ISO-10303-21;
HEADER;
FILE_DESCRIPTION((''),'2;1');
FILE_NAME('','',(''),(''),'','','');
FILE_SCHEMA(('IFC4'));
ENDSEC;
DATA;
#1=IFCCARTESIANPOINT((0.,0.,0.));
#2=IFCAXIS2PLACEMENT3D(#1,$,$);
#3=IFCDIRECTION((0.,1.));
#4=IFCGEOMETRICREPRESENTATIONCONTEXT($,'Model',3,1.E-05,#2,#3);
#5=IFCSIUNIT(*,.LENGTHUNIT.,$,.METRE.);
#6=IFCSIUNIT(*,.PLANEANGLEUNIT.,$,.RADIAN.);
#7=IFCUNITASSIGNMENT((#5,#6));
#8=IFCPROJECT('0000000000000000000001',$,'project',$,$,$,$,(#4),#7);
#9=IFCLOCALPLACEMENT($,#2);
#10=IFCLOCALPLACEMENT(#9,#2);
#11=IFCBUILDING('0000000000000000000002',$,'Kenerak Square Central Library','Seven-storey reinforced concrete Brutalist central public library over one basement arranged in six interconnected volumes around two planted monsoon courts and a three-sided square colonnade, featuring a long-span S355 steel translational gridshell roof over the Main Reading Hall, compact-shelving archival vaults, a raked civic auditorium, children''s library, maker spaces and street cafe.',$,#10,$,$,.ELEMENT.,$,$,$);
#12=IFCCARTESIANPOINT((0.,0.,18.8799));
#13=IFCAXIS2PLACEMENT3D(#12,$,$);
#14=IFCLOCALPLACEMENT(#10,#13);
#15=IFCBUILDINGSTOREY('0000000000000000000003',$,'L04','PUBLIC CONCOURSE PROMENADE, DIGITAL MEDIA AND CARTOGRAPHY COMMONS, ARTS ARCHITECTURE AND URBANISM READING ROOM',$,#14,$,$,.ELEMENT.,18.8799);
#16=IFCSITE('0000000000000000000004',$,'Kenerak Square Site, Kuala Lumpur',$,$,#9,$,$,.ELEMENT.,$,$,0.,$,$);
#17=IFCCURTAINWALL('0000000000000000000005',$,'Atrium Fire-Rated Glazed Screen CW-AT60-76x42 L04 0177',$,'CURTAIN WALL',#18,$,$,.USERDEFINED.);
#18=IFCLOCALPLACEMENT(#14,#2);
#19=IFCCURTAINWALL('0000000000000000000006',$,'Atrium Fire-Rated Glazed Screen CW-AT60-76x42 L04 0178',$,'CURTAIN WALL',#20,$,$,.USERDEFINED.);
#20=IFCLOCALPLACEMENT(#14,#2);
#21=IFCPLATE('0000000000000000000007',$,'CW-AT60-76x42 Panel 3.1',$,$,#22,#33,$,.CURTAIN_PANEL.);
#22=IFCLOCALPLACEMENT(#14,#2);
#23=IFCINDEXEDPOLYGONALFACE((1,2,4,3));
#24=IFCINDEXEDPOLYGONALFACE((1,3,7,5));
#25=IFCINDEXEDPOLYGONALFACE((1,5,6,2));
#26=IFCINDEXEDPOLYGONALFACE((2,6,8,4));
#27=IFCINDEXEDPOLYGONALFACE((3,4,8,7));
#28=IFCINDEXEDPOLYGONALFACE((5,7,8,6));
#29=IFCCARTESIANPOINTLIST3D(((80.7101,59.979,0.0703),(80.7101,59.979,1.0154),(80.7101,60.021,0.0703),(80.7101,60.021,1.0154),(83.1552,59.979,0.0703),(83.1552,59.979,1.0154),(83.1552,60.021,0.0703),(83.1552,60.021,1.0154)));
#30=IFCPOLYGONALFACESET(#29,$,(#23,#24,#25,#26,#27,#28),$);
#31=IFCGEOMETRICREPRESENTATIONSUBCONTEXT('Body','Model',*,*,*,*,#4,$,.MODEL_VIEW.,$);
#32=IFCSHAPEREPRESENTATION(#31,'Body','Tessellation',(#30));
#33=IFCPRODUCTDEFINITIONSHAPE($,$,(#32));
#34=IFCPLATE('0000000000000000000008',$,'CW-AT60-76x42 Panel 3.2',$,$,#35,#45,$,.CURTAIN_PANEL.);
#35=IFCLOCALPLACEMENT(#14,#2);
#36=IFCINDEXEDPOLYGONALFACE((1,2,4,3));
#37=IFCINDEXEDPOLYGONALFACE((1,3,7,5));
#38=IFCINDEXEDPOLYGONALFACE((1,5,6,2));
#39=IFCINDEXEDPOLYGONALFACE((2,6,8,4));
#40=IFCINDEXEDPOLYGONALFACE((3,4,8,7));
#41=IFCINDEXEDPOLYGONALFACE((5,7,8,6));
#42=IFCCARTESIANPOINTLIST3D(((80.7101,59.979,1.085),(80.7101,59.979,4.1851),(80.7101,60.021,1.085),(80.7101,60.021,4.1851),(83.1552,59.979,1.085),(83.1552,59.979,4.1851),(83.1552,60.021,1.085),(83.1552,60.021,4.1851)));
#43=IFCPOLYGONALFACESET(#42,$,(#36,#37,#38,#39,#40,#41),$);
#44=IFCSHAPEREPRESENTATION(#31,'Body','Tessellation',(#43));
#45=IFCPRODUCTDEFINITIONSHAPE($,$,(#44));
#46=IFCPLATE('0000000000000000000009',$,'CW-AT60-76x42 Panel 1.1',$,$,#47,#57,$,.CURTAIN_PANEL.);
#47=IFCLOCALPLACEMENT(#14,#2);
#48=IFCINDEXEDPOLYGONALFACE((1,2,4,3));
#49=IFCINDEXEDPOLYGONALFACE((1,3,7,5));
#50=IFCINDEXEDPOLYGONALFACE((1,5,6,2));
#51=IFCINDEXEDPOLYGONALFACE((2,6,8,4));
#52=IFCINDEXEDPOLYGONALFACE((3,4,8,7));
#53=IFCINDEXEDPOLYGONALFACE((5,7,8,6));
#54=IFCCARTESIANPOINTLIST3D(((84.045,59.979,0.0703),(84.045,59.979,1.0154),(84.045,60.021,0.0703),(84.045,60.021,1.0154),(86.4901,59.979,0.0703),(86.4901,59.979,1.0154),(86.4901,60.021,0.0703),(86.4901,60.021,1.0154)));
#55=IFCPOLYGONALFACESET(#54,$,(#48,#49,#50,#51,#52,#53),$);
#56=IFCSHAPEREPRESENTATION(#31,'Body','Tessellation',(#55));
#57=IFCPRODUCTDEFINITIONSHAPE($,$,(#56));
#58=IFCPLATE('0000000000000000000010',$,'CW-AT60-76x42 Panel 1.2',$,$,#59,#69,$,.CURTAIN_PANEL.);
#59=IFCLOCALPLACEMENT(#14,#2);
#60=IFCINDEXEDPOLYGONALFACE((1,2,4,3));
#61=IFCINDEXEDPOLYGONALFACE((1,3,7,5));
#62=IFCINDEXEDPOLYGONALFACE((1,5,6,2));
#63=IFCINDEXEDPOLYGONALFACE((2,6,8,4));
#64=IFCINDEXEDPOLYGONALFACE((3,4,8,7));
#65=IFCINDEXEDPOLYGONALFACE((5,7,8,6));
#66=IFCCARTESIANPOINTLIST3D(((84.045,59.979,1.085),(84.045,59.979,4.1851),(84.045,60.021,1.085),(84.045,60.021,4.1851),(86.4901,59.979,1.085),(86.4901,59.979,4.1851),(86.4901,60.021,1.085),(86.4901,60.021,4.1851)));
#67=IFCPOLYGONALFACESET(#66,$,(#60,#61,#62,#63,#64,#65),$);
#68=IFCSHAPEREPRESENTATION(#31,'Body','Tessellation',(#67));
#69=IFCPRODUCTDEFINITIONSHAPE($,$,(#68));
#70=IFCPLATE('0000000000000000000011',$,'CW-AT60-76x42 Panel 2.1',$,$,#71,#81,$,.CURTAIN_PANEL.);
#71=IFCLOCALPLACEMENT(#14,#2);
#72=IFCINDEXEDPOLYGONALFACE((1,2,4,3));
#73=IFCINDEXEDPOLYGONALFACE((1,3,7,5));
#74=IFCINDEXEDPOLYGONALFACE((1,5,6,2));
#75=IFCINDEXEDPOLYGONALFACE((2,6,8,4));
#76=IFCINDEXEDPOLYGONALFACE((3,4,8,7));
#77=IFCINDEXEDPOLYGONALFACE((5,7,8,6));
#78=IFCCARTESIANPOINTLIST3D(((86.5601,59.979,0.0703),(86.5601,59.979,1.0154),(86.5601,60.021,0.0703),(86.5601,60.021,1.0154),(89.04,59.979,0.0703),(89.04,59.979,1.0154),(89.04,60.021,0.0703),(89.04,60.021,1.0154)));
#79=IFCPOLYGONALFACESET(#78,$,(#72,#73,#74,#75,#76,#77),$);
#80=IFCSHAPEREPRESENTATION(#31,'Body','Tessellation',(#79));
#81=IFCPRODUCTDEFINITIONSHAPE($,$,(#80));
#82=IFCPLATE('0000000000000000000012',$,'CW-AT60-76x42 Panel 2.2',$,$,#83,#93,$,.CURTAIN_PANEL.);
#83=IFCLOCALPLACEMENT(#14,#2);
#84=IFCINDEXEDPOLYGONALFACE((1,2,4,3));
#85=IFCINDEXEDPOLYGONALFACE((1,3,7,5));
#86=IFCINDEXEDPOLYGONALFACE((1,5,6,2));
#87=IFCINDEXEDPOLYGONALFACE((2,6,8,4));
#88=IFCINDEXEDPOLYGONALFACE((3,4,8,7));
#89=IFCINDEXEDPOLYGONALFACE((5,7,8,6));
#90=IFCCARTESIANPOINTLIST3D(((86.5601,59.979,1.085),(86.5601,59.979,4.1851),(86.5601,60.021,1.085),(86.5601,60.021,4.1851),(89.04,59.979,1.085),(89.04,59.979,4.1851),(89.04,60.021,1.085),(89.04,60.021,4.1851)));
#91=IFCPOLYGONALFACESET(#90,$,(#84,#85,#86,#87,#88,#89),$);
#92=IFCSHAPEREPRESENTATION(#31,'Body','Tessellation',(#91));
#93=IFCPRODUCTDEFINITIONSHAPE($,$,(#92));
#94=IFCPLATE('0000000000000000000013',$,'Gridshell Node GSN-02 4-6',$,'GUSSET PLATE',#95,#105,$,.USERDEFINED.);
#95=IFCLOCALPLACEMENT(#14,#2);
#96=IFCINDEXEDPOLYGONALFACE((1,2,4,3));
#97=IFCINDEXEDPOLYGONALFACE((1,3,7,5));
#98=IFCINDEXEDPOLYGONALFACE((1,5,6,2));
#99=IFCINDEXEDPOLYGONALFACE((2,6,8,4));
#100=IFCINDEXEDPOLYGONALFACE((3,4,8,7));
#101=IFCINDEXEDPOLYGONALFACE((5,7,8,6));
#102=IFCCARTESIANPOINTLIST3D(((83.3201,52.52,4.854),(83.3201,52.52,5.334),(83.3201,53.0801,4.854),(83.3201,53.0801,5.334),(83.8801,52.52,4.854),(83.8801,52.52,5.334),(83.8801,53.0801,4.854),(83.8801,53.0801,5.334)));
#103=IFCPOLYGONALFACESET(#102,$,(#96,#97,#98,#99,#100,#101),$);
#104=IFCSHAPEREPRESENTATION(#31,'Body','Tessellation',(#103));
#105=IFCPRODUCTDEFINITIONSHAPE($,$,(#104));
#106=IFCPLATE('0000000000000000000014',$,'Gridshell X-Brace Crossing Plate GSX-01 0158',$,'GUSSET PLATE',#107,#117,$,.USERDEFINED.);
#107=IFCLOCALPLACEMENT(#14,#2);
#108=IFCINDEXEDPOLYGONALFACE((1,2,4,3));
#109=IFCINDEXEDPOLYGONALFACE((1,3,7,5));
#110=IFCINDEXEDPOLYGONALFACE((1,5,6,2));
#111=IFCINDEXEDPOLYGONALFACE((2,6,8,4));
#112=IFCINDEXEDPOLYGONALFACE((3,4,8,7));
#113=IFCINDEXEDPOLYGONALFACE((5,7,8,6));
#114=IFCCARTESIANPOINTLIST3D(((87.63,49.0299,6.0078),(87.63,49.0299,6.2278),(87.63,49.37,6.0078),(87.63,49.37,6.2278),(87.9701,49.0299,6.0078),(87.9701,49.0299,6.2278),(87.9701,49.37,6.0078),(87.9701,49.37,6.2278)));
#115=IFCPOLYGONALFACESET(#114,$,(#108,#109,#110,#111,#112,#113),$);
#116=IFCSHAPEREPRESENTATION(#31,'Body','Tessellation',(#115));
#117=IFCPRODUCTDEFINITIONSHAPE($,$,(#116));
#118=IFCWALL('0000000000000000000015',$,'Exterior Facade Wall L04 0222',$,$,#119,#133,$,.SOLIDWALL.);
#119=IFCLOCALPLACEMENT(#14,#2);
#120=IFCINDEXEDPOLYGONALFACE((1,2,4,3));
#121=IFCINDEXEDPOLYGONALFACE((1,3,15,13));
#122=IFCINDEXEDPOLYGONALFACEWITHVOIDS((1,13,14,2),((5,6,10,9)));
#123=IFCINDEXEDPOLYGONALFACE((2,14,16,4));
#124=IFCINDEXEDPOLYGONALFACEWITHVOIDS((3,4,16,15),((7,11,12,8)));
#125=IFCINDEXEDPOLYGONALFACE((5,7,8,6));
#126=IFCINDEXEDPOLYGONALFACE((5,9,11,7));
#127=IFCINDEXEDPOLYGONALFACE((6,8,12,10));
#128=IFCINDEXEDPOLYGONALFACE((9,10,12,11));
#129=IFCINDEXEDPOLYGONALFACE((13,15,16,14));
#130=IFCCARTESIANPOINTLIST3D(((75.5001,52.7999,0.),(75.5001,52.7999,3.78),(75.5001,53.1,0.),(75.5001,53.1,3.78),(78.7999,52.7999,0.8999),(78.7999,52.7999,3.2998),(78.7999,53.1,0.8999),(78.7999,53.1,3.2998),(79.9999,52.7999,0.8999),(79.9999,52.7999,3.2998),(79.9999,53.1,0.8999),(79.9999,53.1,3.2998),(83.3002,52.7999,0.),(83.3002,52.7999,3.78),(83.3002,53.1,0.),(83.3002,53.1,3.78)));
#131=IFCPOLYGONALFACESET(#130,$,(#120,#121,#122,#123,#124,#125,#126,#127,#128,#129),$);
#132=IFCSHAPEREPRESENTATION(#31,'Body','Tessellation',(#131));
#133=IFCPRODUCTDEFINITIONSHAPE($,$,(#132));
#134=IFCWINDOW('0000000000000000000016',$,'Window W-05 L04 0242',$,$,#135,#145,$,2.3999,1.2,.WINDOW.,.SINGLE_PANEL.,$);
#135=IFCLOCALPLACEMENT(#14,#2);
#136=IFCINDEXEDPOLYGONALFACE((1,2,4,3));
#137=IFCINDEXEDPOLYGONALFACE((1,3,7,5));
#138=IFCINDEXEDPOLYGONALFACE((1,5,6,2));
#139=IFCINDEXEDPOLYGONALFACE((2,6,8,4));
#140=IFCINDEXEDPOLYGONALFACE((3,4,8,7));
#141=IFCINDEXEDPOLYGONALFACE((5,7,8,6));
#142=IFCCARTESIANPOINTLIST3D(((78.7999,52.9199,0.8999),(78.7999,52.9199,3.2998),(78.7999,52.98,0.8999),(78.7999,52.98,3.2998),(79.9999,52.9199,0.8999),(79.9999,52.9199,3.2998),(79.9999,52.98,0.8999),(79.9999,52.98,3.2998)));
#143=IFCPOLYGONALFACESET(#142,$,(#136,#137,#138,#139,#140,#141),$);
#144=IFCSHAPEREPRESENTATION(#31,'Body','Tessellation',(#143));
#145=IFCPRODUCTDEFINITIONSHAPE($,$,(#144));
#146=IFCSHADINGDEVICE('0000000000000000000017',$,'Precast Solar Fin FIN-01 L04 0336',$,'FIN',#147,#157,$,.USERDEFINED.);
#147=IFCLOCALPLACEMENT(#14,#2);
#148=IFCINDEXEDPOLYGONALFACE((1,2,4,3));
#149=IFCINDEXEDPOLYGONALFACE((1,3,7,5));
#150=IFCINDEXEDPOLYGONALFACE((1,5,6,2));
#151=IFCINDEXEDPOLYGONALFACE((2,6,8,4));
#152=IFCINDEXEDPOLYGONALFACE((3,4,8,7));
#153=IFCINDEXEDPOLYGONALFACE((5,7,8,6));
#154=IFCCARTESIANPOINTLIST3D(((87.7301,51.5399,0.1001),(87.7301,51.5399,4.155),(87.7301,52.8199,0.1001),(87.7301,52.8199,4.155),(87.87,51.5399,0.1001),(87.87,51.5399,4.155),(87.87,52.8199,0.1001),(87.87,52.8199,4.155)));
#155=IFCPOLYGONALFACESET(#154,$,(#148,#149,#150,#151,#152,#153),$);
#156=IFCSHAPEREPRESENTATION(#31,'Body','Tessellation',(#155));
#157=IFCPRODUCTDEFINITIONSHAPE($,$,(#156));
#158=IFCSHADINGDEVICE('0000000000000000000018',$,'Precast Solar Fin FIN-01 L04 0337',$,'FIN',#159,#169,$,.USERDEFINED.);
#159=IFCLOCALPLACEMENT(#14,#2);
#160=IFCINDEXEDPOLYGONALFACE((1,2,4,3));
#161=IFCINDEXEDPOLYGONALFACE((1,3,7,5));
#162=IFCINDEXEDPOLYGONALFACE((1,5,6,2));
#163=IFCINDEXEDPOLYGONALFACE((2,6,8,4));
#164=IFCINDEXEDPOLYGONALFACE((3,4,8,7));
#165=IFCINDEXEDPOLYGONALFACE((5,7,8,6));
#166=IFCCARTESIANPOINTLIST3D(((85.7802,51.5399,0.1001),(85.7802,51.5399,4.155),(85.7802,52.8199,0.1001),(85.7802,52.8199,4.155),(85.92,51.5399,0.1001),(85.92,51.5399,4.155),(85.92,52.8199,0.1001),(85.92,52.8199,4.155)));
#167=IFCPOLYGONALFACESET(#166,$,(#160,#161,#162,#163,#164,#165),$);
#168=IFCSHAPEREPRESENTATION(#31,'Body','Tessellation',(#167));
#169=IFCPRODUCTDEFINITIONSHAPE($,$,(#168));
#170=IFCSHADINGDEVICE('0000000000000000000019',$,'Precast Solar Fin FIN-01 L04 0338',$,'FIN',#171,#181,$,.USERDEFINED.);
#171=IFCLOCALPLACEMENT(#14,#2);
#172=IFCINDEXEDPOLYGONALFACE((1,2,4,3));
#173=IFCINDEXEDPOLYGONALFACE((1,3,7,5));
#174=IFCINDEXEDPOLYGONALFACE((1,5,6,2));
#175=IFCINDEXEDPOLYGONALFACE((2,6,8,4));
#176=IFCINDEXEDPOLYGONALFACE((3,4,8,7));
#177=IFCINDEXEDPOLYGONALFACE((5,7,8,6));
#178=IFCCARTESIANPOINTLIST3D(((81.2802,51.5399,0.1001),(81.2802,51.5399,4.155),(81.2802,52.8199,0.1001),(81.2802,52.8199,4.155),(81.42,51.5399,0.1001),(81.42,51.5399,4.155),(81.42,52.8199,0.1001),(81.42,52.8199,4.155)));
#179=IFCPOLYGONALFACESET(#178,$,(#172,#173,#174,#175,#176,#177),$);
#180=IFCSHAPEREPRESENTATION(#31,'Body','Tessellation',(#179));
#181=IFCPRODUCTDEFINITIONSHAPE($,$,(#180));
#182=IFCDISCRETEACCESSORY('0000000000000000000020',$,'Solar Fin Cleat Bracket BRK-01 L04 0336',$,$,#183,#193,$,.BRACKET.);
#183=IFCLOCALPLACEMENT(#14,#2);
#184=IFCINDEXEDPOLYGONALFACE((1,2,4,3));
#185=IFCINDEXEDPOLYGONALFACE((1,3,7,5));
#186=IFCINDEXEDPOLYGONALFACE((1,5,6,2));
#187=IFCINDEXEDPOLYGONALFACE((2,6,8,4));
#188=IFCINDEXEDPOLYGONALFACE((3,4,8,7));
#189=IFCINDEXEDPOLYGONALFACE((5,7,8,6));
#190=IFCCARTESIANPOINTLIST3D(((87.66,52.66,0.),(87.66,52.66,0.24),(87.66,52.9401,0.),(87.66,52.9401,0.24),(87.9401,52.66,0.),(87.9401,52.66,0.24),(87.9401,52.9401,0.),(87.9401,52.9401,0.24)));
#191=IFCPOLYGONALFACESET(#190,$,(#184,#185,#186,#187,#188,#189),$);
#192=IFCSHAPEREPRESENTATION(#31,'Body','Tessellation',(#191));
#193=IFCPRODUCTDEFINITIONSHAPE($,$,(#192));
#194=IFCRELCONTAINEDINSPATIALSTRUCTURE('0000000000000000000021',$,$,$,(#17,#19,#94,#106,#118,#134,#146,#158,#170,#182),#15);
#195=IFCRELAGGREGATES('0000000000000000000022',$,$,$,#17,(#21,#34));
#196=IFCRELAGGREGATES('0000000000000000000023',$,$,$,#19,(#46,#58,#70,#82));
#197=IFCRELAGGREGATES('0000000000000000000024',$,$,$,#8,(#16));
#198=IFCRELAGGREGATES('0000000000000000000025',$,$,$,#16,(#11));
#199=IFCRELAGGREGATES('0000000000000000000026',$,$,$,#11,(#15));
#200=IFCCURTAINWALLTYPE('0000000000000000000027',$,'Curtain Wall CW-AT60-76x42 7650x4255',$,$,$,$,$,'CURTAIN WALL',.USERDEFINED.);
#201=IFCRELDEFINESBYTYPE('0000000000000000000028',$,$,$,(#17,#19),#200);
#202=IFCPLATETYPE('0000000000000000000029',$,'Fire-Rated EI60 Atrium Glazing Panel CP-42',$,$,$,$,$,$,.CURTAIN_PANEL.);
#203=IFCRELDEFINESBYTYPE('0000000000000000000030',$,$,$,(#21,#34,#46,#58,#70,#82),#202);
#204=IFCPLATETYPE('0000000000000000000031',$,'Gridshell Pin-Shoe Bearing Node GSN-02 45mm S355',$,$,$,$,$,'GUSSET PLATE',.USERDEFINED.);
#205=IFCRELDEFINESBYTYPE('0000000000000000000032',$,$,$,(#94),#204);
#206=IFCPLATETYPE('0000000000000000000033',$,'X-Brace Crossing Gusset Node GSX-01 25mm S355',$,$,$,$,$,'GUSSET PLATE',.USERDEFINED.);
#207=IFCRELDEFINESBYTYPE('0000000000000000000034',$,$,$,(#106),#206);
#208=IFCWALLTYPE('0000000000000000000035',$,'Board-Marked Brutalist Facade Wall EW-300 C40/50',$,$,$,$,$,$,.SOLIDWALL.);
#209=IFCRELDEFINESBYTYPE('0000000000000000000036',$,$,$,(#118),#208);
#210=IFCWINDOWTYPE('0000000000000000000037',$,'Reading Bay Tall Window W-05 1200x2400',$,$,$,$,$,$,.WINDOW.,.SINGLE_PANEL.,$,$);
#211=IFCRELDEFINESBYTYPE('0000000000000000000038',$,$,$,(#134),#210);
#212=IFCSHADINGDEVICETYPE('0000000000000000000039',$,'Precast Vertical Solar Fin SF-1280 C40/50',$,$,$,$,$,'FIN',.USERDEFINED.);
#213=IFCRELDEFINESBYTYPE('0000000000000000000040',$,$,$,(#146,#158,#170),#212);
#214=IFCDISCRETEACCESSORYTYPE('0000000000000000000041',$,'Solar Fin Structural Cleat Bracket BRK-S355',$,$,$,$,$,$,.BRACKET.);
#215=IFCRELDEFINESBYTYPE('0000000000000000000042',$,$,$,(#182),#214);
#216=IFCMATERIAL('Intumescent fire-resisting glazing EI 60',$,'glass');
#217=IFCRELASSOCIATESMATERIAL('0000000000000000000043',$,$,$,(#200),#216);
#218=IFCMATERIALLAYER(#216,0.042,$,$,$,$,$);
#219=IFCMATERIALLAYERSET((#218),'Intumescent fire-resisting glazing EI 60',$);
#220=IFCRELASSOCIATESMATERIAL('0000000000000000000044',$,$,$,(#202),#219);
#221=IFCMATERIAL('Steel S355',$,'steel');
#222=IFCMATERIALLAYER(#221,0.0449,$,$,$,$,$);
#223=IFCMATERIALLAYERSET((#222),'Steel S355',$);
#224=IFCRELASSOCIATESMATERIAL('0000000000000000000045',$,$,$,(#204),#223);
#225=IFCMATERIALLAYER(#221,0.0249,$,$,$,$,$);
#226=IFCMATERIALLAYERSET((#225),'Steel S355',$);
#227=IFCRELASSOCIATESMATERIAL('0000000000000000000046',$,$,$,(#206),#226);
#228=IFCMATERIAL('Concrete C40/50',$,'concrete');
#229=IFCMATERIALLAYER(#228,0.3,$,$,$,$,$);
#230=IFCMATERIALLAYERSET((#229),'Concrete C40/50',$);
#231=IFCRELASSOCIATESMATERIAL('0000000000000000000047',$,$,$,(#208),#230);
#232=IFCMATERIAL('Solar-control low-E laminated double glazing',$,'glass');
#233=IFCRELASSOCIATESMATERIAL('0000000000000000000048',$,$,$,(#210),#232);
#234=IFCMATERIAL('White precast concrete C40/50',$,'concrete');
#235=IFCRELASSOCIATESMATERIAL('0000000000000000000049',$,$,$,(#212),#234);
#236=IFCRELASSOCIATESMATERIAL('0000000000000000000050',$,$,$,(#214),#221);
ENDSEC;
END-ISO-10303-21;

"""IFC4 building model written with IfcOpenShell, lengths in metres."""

from ifc_helpers import new_model, si_unit, direction, frame, frame_2d, origin, origin_2d, place, context, subcontext, project, spatial, rectangle, extrude, material, layer, layer_set, type_object, element, fill, aggregate, save


model = new_model("IFC4")

# Units and contexts
model_context = context("Model", 3, precision=1e-05, world=origin(), true_north=direction((0.0, 1.0)))
body_context = subcontext(model_context, "Body", "Model", "MODEL_VIEW")
ifc_project = project(units=[si_unit("LENGTHUNIT", "METRE"), si_unit("PLANEANGLEUNIT", "RADIAN")], contexts=[model_context])

# Site, building, storey
site_placement = place(None, origin())
site = spatial("IfcSite", under=ifc_project, at=site_placement, Name="Kenerak Square Site, Kuala Lumpur", CompositionType="ELEMENT", RefElevation=0.0)
building_placement = place(site_placement, origin())
building = spatial("IfcBuilding", under=site, at=building_placement, Name="Kenerak Square Central Library", Description="Seven-storey reinforced concrete Brutalist central public library over one basement arranged in six interconnected volumes around two planted monsoon courts and a three-sided square colonnade, featuring a long-span S355 steel translational gridshell roof over the Main Reading Hall, compact-shelving archival vaults, a raked civic auditorium, children's library, maker spaces and street cafe.", CompositionType="ELEMENT")
storey_placement = place(building_placement, frame((0.0, 0.0, 18.8799)))
storey = spatial("IfcBuildingStorey", under=building, at=storey_placement, Name="L04", Description="PUBLIC CONCOURSE PROMENADE, DIGITAL MEDIA AND CARTOGRAPHY COMMONS, ARTS ARCHITECTURE AND URBANISM READING ROOM", CompositionType="ELEMENT", Elevation=18.8799)

# Shared definitions
ifc_material_1 = material(Name="Concrete C40/50", Category="concrete")

# Curtain wall
ifc_material_2 = material(Name="Intumescent fire-resisting glazing EI 60", Category="glass")
curtain_wall_type = type_object("IfcCurtainWallType", Name="Curtain Wall CW-AT60-76x42 7650x4255", ElementType="CURTAIN WALL", PredefinedType="USERDEFINED", material=ifc_material_2)
curtain_wall_1_placement = place(storey_placement, origin())
curtain_wall_1 = element("IfcCurtainWall", 1, at=curtain_wall_1_placement, inside=storey, type_object=curtain_wall_type, Name="Atrium Fire-Rated Glazed Screen CW-AT60-76x42 L04 0177", ObjectType="CURTAIN WALL", PredefinedType="USERDEFINED")

# Curtain wall
curtain_wall_2_placement = place(storey_placement, origin())
curtain_wall_2 = element("IfcCurtainWall", 2, at=curtain_wall_2_placement, inside=storey, type_object=curtain_wall_type, Name="Atrium Fire-Rated Glazed Screen CW-AT60-76x42 L04 0178", ObjectType="CURTAIN WALL", PredefinedType="USERDEFINED")

# Shared definitions
ifc_material_3 = material(Name="Steel S355", Category="steel")

# Plates
ifc_layer_1 = layer(ifc_material_2, 0.042)
ifc_layer_set_1 = layer_set([ifc_layer_1], Name="Intumescent fire-resisting glazing EI 60")
plate_type_1 = type_object("IfcPlateType", Name="Fire-Rated EI60 Atrium Glazing Panel CP-42", PredefinedType="CURTAIN_PANEL", material=ifc_layer_set_1)
plate_1_placement = place(storey_placement, frame((81.9326, 60.0, 0.0703), z_axis=(0.0, 0.0, 1.0), x_axis=(1.0, 0.0, 0.0)))
plate_1 = element("IfcPlate", 3, at=plate_1_placement, type_object=plate_type_1, Name="CW-AT60-76x42 Panel 3.1", PredefinedType="CURTAIN_PANEL", context=body_context, shape_type="SweptSolid", body=[
    extrude(rectangle(XDim=2.4451, YDim=0.042, at=origin_2d()), origin(), (0.0, 0.0, 1.0), 0.9451),
])
plate_2_placement = place(storey_placement, frame((81.9326, 60.0, 1.085), z_axis=(0.0, 0.0, 1.0), x_axis=(1.0, 0.0, 0.0)))
plate_2 = element("IfcPlate", 4, at=plate_2_placement, type_object=plate_type_1, Name="CW-AT60-76x42 Panel 3.2", PredefinedType="CURTAIN_PANEL", context=body_context, shape_type="SweptSolid", body=[
    extrude(rectangle(XDim=2.4451, YDim=0.042, at=origin_2d()), origin(), (0.0, 0.0, 1.0), 3.1001),
])
aggregate(curtain_wall_1, [plate_1, plate_2])
plate_3_placement = place(storey_placement, frame((85.2676, 60.0, 0.0703), z_axis=(0.0, 0.0, 1.0), x_axis=(1.0, 0.0, 0.0)))
plate_3 = element("IfcPlate", 5, at=plate_3_placement, type_object=plate_type_1, Name="CW-AT60-76x42 Panel 1.1", PredefinedType="CURTAIN_PANEL", context=body_context, shape_type="SweptSolid", body=[
    extrude(rectangle(XDim=2.4451, YDim=0.042, at=origin_2d()), origin(), (0.0, 0.0, 1.0), 0.9451),
])
plate_4_placement = place(storey_placement, frame((85.2676, 60.0, 1.085), z_axis=(0.0, 0.0, 1.0), x_axis=(1.0, 0.0, 0.0)))
plate_4 = element("IfcPlate", 6, at=plate_4_placement, type_object=plate_type_1, Name="CW-AT60-76x42 Panel 1.2", PredefinedType="CURTAIN_PANEL", context=body_context, shape_type="SweptSolid", body=[
    extrude(rectangle(XDim=2.4451, YDim=0.042, at=origin_2d()), origin(), (0.0, 0.0, 1.0), 3.1001),
])
plate_5_placement = place(storey_placement, frame((87.8, 60.0, 0.0703), z_axis=(0.0, 0.0, 1.0), x_axis=(1.0, 0.0, 0.0)))
plate_5 = element("IfcPlate", 7, at=plate_5_placement, type_object=plate_type_1, Name="CW-AT60-76x42 Panel 2.1", PredefinedType="CURTAIN_PANEL", context=body_context, shape_type="SweptSolid", body=[
    extrude(rectangle(XDim=2.48, YDim=0.042, at=origin_2d()), origin(), (0.0, 0.0, 1.0), 0.9451),
])
plate_6_placement = place(storey_placement, frame((87.8, 60.0, 1.085), z_axis=(0.0, 0.0, 1.0), x_axis=(1.0, 0.0, 0.0)))
plate_6 = element("IfcPlate", 8, at=plate_6_placement, type_object=plate_type_1, Name="CW-AT60-76x42 Panel 2.2", PredefinedType="CURTAIN_PANEL", context=body_context, shape_type="SweptSolid", body=[
    extrude(rectangle(XDim=2.48, YDim=0.042, at=origin_2d()), origin(), (0.0, 0.0, 1.0), 3.1001),
])
aggregate(curtain_wall_2, [plate_3, plate_4, plate_5, plate_6])

# Plates
ifc_layer_2 = layer(ifc_material_3, 0.0449)
ifc_layer_set_2 = layer_set([ifc_layer_2], Name="Steel S355")
plate_type_2 = type_object("IfcPlateType", Name="Gridshell Pin-Shoe Bearing Node GSN-02 45mm S355", ElementType="GUSSET PLATE", PredefinedType="USERDEFINED", material=ifc_layer_set_2)
plate_7_placement = place(storey_placement, frame((83.6001, 52.8, 4.854), z_axis=(0.0, 0.0, 1.0), x_axis=(1.0, 0.0, 0.0)))
element("IfcPlate", 9, at=plate_7_placement, inside=storey, type_object=plate_type_2, Name="Gridshell Node GSN-02 4-6", ObjectType="GUSSET PLATE", PredefinedType="USERDEFINED", context=body_context, shape_type="SweptSolid", body=[
    extrude(rectangle(XDim=0.5601, YDim=0.5601, at=origin_2d()), origin(), (0.0, 0.0, 1.0), 0.48),
])
ifc_layer_3 = layer(ifc_material_3, 0.0249)
ifc_layer_set_3 = layer_set([ifc_layer_3], Name="Steel S355")
plate_type_3 = type_object("IfcPlateType", Name="X-Brace Crossing Gusset Node GSX-01 25mm S355", ElementType="GUSSET PLATE", PredefinedType="USERDEFINED", material=ifc_layer_set_3)
plate_8_placement = place(storey_placement, frame((87.8, 49.2, 6.0078), z_axis=(0.0, 0.0, 1.0), x_axis=(1.0, 0.0, 0.0)))
element("IfcPlate", 10, at=plate_8_placement, inside=storey, type_object=plate_type_3, Name="Gridshell X-Brace Crossing Plate GSX-01 0158", ObjectType="GUSSET PLATE", PredefinedType="USERDEFINED", context=body_context, shape_type="SweptSolid", body=[
    extrude(rectangle(XDim=0.3401, YDim=0.3401, at=origin_2d()), origin(), (0.0, 0.0, 1.0), 0.22),
])

# Wall, opening, window
ifc_layer_4 = layer(ifc_material_1, 0.3)
ifc_layer_set_4 = layer_set([ifc_layer_4], Name="Concrete C40/50")
wall_type = type_object("IfcWallType", Name="Board-Marked Brutalist Facade Wall EW-300 C40/50", PredefinedType="SOLIDWALL", material=ifc_layer_set_4)
wall_placement = place(storey_placement, frame((83.3, 52.95, 0.0), z_axis=(0.0, 0.0, 1.0), x_axis=(-1.0, 0.0, 0.0)))
wall = element("IfcWall", 11, at=wall_placement, inside=storey, type_object=wall_type, Name="Exterior Facade Wall L04 0222", PredefinedType="SOLIDWALL", context=body_context, shape_type="SweptSolid", body=[
    extrude(rectangle(XDim=7.8, YDim=0.3, at=frame_2d((3.8999, 0.0))), origin(), (0.0, 0.0, 1.0), 3.78),
])
opening_placement = place(wall_placement, frame((3.3, 0.0, 0.8999)))
opening = element("IfcOpeningElement", 12, at=opening_placement, cuts=wall, PredefinedType="OPENING", context=body_context, shape_type="SweptSolid", body=[
    extrude(rectangle(XDim=1.2, YDim=2.3999, at=frame_2d((0.6001, 1.2))), frame((0.0, 0.1599, 0.0), z_axis=(0.0, -1.0, 0.0), x_axis=(1.0, 0.0, 0.0)), (0.0, 0.0, 1.0), 0.3201),
])
ifc_material_4 = material(Name="Solar-control low-E laminated double glazing", Category="glass")
window_type = type_object("IfcWindowType", Name="Reading Bay Tall Window W-05 1200x2400", PartitioningType="SINGLE_PANEL", PredefinedType="WINDOW", material=ifc_material_4)
window_placement = place(opening_placement, origin())
window = element("IfcWindow", 13, at=window_placement, inside=storey, type_object=window_type, Name="Window W-05 L04 0242", OverallHeight=2.3999, OverallWidth=1.2, PartitioningType="SINGLE_PANEL", PredefinedType="WINDOW", context=body_context, shape_type="SweptSolid", body=[
    extrude(rectangle(XDim=1.2, YDim=2.3999, at=frame_2d((0.6001, 1.2))), frame((0.0, 0.03, 0.0), z_axis=(0.0, -1.0, 0.0), x_axis=(1.0, 0.0, 0.0)), (0.0, 0.0, 1.0), 0.0601),
])
fill(opening, window)

# Shading devices
ifc_material_5 = material(Name="White precast concrete C40/50", Category="concrete")
shading_device_type = type_object("IfcShadingDeviceType", Name="Precast Vertical Solar Fin SF-1280 C40/50", ElementType="FIN", PredefinedType="USERDEFINED", material=ifc_material_5)
for number, where, z_axis, x_axis, name in (
    (14, (87.8, 52.1799, 0.1001), (0.0, 0.0, 1.0), (-1.0, 0.0, 0.0), "Precast Solar Fin FIN-01 L04 0336"),
    (15, (85.8501, 52.1799, 0.1001), (0.0, 0.0, 1.0), (-1.0, 0.0, 0.0), "Precast Solar Fin FIN-01 L04 0337"),
    (16, (81.3501, 52.1799, 0.1001), (0.0, 0.0, 1.0), (-1.0, 0.0, 0.0), "Precast Solar Fin FIN-01 L04 0338"),
):
    element("IfcShadingDevice", number, at=place(storey_placement, frame(where, z_axis=z_axis, x_axis=x_axis)), inside=storey, type_object=shading_device_type, Name=name, ObjectType="FIN", PredefinedType="USERDEFINED", context=body_context, shape_type="SweptSolid", body=[
        extrude(rectangle(XDim=0.1399, YDim=1.28, at=origin_2d()), origin(), (0.0, 0.0, 1.0), 4.0549),
    ])

# Discrete accessory
discrete_accessory_type = type_object("IfcDiscreteAccessoryType", Name="Solar Fin Structural Cleat Bracket BRK-S355", PredefinedType="BRACKET", material=ifc_material_3)
for number, where, z_axis, x_axis, name in (
    (17, (87.8, 52.8, 0.0), (0.0, 0.0, 1.0), (-1.0, 0.0, 0.0), "Solar Fin Cleat Bracket BRK-01 L04 0336"),
):
    element("IfcDiscreteAccessory", number, at=place(storey_placement, frame(where, z_axis=z_axis, x_axis=x_axis)), inside=storey, type_object=discrete_accessory_type, Name=name, PredefinedType="BRACKET", context=body_context, shape_type="SweptSolid", body=[
        extrude(rectangle(XDim=0.28, YDim=0.28, at=origin_2d()), origin(), (0.0, 0.0, 1.0), 0.24),
    ])

save(model, "model.ifc")
